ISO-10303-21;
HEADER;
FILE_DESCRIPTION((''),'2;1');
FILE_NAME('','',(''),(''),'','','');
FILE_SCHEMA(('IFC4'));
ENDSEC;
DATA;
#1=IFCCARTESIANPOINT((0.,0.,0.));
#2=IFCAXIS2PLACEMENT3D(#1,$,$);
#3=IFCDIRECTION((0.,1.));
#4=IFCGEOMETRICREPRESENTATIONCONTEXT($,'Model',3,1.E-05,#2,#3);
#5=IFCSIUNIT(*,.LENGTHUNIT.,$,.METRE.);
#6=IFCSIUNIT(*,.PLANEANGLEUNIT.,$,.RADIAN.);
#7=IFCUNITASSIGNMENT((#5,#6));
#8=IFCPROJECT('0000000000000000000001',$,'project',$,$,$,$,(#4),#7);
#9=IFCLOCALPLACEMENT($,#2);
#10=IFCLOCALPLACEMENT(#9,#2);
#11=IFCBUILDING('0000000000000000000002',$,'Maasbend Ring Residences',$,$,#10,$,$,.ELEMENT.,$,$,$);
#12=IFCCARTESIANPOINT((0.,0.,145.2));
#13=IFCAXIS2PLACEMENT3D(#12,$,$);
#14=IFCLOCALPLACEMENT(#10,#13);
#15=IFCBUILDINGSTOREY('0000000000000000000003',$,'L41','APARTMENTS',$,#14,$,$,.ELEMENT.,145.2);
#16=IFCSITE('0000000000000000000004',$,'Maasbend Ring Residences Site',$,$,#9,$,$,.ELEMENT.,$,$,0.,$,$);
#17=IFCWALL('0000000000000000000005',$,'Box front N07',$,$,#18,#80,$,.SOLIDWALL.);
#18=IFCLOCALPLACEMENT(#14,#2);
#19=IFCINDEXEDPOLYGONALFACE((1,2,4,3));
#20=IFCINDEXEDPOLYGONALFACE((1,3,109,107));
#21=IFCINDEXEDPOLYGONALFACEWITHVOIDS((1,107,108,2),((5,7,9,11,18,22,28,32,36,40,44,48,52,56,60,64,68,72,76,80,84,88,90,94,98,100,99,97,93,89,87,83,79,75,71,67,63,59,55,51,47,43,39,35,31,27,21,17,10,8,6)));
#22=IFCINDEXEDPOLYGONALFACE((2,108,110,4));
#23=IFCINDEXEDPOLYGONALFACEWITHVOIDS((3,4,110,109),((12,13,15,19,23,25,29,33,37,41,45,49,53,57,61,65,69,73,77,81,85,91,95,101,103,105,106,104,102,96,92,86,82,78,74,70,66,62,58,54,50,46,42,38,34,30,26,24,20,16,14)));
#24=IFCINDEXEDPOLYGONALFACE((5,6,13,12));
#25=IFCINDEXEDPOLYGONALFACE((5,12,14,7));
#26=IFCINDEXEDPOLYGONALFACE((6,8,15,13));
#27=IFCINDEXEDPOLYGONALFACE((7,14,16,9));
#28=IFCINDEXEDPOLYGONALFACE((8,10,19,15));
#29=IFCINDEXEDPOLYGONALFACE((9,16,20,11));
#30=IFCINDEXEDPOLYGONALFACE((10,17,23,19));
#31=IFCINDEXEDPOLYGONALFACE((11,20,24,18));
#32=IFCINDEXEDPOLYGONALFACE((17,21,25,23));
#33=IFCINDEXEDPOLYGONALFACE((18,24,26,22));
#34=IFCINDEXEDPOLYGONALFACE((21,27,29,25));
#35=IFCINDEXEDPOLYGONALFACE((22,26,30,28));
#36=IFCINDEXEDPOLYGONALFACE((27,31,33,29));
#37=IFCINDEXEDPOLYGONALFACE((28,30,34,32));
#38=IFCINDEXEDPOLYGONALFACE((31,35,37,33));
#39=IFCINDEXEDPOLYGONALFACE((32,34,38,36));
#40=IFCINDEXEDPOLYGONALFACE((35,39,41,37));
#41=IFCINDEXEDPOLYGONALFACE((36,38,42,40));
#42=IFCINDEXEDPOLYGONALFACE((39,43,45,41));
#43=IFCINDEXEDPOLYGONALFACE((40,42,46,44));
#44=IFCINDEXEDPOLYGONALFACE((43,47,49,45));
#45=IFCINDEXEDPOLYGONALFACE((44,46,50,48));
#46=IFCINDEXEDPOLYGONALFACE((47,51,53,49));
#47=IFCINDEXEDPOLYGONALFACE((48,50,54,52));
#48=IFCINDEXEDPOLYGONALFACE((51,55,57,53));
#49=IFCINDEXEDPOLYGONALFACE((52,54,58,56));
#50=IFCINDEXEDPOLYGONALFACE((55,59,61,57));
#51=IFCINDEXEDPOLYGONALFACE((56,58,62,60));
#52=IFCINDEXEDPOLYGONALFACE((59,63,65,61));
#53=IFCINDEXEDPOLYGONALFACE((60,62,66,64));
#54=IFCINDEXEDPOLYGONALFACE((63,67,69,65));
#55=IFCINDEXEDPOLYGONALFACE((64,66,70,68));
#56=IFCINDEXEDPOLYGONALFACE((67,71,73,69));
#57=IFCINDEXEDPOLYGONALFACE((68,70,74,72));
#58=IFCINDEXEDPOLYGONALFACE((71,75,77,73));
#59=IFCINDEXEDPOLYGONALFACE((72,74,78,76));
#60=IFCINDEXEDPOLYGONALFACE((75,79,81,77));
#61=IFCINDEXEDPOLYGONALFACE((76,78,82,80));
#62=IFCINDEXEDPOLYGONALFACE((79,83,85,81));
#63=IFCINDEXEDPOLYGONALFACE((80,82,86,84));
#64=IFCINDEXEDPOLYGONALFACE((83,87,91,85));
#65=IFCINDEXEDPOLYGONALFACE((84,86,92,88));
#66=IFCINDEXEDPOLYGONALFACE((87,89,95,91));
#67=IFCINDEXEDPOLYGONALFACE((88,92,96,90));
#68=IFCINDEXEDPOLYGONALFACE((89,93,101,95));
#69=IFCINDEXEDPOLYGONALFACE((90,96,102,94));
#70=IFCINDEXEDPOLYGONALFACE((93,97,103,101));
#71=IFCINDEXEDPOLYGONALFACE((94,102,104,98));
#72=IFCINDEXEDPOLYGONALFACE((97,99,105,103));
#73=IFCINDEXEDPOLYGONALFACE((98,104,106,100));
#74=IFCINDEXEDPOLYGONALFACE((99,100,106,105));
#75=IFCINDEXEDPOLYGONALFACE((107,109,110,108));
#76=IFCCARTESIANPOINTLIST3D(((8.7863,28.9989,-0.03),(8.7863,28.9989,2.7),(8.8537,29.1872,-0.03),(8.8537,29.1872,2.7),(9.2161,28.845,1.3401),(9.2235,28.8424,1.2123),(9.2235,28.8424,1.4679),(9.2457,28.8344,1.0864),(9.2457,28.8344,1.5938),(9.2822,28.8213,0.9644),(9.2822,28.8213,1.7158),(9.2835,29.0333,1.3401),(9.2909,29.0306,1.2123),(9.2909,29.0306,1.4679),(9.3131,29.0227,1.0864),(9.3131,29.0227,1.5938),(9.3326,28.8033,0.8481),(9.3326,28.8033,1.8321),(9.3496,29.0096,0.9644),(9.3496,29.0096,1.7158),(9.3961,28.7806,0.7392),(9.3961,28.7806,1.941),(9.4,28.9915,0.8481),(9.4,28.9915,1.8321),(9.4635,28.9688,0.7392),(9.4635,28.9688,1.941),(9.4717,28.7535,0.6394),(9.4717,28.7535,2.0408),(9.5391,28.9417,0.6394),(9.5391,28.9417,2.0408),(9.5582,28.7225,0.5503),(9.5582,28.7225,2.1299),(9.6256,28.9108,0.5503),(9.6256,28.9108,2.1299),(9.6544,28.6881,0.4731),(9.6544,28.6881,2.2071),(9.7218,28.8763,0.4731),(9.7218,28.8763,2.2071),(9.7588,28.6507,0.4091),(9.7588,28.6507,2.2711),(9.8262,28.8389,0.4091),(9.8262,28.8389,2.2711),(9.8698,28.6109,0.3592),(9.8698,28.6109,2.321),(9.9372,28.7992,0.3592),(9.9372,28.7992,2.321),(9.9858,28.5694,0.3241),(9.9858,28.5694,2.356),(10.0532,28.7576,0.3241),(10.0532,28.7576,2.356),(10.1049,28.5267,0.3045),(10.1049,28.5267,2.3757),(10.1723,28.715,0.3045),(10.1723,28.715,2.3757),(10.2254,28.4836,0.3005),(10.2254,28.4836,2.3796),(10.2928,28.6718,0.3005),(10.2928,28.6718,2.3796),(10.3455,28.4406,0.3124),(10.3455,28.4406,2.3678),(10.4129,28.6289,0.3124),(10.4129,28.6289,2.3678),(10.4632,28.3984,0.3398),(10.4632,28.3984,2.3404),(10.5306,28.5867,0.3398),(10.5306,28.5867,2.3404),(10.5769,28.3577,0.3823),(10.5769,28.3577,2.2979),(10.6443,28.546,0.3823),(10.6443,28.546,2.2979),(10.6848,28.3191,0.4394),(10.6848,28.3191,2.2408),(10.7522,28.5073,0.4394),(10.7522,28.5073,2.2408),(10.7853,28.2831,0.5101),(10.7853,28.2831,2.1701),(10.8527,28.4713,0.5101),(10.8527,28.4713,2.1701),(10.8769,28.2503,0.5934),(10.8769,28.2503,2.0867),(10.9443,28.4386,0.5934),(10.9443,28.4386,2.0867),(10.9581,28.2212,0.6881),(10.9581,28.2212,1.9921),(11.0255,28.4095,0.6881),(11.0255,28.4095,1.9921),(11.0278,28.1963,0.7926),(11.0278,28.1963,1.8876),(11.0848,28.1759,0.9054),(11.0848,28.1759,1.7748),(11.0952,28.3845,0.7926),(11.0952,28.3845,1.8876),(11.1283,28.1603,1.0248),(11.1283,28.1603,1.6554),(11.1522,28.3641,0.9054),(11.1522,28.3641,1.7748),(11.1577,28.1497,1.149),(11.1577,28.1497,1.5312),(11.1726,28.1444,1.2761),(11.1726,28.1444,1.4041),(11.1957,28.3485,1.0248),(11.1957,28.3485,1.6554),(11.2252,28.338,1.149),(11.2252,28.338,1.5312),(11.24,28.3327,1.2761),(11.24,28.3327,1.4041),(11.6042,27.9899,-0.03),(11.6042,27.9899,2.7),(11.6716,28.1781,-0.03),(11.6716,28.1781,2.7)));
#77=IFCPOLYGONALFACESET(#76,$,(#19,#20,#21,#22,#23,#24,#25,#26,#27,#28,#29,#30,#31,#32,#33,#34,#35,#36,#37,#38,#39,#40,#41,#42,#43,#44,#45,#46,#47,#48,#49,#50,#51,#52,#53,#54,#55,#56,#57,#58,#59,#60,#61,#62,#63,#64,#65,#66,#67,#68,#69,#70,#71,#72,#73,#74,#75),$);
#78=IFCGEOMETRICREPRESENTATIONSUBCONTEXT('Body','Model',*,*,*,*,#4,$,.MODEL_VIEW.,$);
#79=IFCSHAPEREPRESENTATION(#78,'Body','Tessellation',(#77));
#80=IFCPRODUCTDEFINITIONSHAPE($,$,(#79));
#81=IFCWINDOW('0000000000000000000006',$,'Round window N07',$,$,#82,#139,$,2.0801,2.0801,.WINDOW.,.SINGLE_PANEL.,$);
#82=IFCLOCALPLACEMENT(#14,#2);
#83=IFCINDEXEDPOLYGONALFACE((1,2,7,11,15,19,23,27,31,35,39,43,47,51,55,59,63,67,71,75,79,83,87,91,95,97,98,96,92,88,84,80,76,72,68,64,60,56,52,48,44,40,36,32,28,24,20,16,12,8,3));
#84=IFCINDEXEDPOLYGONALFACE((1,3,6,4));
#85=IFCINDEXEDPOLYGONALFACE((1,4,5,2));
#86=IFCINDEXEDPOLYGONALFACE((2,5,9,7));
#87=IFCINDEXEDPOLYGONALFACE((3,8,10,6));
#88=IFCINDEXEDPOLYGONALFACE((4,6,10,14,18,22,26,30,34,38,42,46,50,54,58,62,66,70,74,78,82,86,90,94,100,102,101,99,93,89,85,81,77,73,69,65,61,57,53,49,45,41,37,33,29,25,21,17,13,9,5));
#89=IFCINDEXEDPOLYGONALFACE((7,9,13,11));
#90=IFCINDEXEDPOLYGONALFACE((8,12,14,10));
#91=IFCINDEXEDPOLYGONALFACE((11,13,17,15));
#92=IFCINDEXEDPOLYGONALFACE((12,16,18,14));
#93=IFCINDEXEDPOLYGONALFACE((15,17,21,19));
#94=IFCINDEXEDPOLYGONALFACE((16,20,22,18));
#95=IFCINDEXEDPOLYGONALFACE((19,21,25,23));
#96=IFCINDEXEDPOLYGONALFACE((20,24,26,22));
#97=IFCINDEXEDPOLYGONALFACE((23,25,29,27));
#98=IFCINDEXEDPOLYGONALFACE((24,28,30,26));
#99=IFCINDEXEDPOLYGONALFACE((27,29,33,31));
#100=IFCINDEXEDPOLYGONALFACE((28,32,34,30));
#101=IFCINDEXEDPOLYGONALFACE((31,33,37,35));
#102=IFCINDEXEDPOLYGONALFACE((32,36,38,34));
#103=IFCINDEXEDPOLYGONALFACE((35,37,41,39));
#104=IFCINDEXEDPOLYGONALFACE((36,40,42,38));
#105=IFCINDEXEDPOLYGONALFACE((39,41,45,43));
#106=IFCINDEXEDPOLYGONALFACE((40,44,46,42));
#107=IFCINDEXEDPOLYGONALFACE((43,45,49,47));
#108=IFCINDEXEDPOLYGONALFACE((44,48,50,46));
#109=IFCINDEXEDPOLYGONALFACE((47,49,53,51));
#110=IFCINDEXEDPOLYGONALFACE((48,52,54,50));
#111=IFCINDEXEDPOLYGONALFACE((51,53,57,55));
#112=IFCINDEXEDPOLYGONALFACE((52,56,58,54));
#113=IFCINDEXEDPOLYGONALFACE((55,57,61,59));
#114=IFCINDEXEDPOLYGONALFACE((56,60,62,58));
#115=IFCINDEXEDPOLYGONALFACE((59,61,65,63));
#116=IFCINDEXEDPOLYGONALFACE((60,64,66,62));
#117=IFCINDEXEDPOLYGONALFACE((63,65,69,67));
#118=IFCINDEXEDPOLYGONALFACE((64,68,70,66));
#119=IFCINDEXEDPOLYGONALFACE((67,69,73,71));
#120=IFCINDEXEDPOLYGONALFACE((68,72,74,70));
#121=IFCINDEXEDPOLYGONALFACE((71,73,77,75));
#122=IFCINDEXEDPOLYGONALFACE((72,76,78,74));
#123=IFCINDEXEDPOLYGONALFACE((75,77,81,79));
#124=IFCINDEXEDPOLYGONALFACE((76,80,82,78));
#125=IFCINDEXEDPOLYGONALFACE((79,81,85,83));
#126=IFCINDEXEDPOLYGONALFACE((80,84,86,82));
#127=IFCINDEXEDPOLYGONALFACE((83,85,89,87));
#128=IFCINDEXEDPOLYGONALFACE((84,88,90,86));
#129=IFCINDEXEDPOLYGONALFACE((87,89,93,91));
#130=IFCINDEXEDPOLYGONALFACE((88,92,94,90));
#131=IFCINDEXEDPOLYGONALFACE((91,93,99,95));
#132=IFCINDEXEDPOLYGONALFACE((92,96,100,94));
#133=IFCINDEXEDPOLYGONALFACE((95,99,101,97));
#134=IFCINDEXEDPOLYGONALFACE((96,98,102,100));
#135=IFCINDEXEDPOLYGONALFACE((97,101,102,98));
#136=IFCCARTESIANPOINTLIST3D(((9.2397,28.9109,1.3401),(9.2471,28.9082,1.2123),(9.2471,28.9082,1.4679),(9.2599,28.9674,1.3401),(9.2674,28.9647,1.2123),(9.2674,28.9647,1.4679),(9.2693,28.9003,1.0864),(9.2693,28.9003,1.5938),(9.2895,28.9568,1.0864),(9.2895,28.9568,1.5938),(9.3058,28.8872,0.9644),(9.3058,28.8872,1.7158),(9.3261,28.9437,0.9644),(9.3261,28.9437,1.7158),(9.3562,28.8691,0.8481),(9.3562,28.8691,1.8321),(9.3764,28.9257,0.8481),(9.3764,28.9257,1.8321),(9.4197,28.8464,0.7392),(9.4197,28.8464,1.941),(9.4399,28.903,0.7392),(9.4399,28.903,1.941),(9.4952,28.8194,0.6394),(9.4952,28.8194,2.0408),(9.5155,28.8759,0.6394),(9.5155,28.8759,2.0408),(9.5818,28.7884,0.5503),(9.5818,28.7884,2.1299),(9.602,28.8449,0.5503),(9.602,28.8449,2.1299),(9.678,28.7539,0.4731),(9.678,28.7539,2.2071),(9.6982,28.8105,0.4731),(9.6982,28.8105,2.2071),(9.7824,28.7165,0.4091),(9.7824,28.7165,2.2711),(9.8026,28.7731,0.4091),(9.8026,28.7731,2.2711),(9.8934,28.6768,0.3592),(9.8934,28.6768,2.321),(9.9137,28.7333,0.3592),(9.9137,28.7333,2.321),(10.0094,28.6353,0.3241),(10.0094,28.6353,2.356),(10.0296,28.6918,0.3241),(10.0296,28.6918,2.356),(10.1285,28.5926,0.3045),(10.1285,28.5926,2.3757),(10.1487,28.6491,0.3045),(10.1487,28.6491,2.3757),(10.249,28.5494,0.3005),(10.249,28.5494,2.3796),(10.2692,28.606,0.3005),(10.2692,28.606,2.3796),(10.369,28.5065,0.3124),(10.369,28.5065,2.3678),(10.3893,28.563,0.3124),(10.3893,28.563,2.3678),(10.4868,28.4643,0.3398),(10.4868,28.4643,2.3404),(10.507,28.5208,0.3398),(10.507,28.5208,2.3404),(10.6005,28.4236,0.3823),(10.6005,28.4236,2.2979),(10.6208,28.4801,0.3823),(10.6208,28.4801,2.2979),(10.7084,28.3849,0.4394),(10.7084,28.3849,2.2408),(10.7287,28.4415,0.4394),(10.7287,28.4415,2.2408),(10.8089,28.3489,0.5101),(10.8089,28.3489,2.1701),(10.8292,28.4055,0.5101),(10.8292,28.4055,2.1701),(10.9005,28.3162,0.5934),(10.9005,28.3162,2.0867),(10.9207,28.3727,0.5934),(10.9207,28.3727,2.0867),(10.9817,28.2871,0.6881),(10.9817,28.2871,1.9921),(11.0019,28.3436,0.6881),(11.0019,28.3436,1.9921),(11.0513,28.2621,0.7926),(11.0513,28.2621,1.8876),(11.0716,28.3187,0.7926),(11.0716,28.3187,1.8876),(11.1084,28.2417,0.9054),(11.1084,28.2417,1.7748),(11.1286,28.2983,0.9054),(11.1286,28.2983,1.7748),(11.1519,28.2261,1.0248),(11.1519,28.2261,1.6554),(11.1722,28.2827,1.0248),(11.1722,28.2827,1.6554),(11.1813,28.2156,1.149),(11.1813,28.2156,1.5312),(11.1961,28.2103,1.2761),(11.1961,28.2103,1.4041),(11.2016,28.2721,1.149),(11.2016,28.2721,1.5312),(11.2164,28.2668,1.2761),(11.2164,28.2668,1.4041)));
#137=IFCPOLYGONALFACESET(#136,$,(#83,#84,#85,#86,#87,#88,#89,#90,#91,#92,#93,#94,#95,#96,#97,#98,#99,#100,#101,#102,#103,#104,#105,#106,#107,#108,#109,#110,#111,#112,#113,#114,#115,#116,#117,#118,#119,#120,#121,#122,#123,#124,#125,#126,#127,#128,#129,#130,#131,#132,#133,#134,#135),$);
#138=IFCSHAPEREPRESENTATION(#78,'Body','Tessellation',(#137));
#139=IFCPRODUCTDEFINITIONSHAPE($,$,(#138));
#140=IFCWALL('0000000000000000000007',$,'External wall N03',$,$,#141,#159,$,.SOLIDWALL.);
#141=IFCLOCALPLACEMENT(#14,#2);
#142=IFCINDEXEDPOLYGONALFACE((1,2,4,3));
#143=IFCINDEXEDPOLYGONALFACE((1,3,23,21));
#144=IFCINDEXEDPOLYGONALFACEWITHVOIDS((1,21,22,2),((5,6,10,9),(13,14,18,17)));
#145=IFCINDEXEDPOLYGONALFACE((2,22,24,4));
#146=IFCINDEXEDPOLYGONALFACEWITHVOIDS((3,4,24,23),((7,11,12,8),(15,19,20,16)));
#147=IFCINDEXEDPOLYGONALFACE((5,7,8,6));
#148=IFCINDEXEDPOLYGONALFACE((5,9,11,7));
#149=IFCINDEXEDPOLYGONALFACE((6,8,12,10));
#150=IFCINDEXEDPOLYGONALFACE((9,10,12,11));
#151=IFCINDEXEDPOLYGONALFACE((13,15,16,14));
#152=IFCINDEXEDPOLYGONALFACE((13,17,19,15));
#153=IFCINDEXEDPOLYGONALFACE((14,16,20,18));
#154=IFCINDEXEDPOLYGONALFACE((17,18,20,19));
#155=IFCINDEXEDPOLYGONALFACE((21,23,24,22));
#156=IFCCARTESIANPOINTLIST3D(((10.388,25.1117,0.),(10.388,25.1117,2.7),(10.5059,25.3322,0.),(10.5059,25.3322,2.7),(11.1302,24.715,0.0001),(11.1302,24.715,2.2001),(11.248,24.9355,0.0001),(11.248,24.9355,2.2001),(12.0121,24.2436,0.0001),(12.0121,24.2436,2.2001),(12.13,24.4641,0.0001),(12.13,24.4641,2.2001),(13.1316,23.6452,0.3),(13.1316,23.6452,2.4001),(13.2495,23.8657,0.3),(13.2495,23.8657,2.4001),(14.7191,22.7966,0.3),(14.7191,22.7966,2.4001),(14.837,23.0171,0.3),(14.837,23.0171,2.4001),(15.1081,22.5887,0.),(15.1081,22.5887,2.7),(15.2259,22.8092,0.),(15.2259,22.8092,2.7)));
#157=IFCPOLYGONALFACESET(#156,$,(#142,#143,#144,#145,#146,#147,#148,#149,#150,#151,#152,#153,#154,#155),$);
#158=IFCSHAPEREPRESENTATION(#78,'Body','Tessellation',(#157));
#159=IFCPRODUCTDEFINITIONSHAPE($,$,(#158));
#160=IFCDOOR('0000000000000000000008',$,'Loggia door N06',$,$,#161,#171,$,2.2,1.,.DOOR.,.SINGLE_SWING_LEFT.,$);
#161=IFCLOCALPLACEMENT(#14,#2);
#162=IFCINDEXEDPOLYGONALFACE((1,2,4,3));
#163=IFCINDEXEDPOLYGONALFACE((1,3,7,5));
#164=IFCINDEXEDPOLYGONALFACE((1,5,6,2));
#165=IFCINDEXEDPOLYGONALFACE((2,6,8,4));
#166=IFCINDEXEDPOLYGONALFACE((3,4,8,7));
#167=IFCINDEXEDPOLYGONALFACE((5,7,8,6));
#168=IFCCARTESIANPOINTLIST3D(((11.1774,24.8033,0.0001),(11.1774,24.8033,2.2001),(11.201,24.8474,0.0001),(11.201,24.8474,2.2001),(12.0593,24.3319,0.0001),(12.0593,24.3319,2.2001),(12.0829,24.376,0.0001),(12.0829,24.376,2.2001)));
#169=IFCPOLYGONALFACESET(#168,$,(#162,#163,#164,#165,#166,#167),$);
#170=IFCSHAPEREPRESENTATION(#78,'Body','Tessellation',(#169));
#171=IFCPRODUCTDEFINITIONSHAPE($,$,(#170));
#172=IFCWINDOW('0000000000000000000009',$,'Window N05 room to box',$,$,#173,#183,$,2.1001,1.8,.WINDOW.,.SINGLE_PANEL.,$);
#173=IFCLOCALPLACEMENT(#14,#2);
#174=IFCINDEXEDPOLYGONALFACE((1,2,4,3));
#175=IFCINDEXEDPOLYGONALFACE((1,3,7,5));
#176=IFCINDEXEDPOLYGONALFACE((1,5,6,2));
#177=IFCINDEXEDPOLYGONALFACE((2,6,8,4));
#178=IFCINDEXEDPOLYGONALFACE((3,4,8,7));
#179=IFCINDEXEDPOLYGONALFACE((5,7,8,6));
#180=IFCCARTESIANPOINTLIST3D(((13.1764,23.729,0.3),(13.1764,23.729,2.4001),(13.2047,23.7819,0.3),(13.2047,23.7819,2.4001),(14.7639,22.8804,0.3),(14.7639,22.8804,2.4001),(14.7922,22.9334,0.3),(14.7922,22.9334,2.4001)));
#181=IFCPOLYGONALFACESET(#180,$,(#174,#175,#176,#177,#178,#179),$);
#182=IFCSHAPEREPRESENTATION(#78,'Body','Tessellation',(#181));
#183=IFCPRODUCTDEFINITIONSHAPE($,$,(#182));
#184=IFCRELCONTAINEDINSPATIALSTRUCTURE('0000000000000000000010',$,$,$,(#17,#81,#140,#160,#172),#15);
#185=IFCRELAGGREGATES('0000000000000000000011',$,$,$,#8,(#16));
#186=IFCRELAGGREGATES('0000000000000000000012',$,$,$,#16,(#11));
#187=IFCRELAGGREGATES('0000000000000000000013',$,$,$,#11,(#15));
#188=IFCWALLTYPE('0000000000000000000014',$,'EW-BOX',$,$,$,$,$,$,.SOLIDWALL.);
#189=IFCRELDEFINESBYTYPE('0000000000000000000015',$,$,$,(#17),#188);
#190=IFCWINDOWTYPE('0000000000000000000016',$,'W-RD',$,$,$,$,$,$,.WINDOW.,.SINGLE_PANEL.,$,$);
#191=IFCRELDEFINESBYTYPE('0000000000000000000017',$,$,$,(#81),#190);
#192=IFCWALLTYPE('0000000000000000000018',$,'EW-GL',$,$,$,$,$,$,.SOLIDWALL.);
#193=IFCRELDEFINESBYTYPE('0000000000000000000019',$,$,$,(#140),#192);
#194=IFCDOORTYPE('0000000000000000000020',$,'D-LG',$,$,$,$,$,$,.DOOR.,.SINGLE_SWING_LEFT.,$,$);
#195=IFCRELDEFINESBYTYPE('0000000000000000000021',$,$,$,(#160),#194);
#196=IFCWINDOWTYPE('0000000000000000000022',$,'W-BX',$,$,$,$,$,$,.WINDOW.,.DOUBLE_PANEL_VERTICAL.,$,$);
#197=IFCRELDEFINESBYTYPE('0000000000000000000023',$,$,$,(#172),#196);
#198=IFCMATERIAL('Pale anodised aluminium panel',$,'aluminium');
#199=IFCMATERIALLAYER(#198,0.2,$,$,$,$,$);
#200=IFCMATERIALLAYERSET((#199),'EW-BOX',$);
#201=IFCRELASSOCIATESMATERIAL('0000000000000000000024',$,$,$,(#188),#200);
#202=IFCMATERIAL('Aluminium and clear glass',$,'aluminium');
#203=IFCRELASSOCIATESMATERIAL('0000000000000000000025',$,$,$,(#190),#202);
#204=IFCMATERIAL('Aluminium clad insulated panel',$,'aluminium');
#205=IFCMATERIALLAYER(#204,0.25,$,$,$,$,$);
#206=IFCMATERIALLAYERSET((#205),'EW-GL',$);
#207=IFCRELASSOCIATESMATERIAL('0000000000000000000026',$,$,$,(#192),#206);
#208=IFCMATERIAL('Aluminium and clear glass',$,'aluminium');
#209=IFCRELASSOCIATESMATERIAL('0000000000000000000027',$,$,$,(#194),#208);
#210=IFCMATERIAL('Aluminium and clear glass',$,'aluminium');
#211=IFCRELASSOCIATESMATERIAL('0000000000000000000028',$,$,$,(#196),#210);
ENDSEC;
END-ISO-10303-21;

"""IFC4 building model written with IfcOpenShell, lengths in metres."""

from ifc_helpers import new_model, si_unit, direction, frame, frame_2d, origin, place, context, subcontext, project, spatial, rectangle, circle, extrude, material, layer, layer_set, type_object, element, fill, save


model = new_model("IFC4")

# Units and contexts
model_context = context("Model", 3, precision=1e-05, world=origin(), true_north=direction((0.0, 1.0)))
body_context = subcontext(model_context, "Body", "Model", "MODEL_VIEW")
ifc_project = project(units=[si_unit("LENGTHUNIT", "METRE"), si_unit("PLANEANGLEUNIT", "RADIAN")], contexts=[model_context])

# Site, building, storey
site_placement = place(None, origin())
site = spatial("IfcSite", under=ifc_project, at=site_placement, Name="Maasbend Ring Residences Site", CompositionType="ELEMENT", RefElevation=0.0)
building_placement = place(site_placement, origin())
building = spatial("IfcBuilding", under=site, at=building_placement, Name="Maasbend Ring Residences", CompositionType="ELEMENT")
storey_placement = place(building_placement, frame((0.0, 0.0, 145.2)))
storey = spatial("IfcBuildingStorey", under=building, at=storey_placement, Name="L41", Description="APARTMENTS", CompositionType="ELEMENT", Elevation=145.2)

# Shared definitions
ifc_material_1 = material(Name="Pale anodised aluminium panel", Category="aluminium")
ifc_layer_1 = layer(ifc_material_1, 0.2)
ifc_layer_set_1 = layer_set([ifc_layer_1], Name="EW-BOX")
wall_type_1 = type_object("IfcWallType", Name="EW-BOX", PredefinedType="SOLIDWALL", material=ifc_layer_set_1)

# Wall, opening, window
wall_1_placement = place(storey_placement, frame((11.6379, 28.084, -0.03), z_axis=(0.0, 0.0, 1.0), x_axis=(-0.941461, 0.337122, 0.0)))
wall_1 = element("IfcWall", 1, at=wall_1_placement, inside=storey, type_object=wall_type_1, Name="Box front N07", PredefinedType="SOLIDWALL", context=body_context, shape_type="SweptSolid", body=[
    extrude(rectangle(XDim=2.9932, YDim=0.2, at=frame_2d((1.4966, 0.0))), origin(), (0.0, 0.0, 1.0), 2.73),
])
opening_1_placement = place(wall_1_placement, frame((0.4565, 0.0, 0.3301)))
opening_1 = element("IfcOpeningElement", 2, at=opening_1_placement, cuts=wall_1, PredefinedType="OPENING", context=body_context, shape_type="SweptSolid", body=[
    extrude(circle(Radius=1.04, at=frame_2d((1.04, 1.04))), frame((0.0, 0.1099, 0.0), z_axis=(0.0, -1.0, 0.0), x_axis=(1.0, 0.0, 0.0)), (0.0, 0.0, 1.0), 0.22),
])
ifc_material_2 = material(Name="Aluminium and clear glass", Category="aluminium")
window_type_1 = type_object("IfcWindowType", Name="W-RD", PartitioningType="SINGLE_PANEL", PredefinedType="WINDOW", material=ifc_material_2)
window_1_placement = place(opening_1_placement, origin())
window_1 = element("IfcWindow", 3, at=window_1_placement, inside=storey, type_object=window_type_1, Name="Round window N07", OverallHeight=2.0801, OverallWidth=2.0801, PartitioningType="SINGLE_PANEL", PredefinedType="WINDOW", context=body_context, shape_type="SweptSolid", body=[
    extrude(circle(Radius=1.04, at=frame_2d((1.04, 1.04))), frame((0.0, 0.03, 0.0), z_axis=(0.0, -1.0, 0.0), x_axis=(1.0, 0.0, 0.0)), (0.0, 0.0, 1.0), 0.0601),
])
fill(opening_1, window_1)

# Wall, openings, door, window
ifc_material_3 = material(Name="Aluminium clad insulated panel", Category="aluminium")
ifc_layer_2 = layer(ifc_material_3, 0.25)
ifc_layer_set_2 = layer_set([ifc_layer_2], Name="EW-GL")
wall_type_2 = type_object("IfcWallType", Name="EW-GL", PredefinedType="SOLIDWALL", material=ifc_layer_set_2)
wall_2_placement = place(storey_placement, frame((15.167, 22.699, 0.0), z_axis=(0.0, 0.0, 1.0), x_axis=(-0.881916, 0.471407, 0.0)))
wall_2 = element("IfcWall", 4, at=wall_2_placement, inside=storey, type_object=wall_type_2, Name="External wall N03", PredefinedType="SOLIDWALL", context=body_context, shape_type="SweptSolid", body=[
    extrude(rectangle(XDim=5.3521, YDim=0.25, at=frame_2d((2.676, 0.0))), origin(), (0.0, 0.0, 1.0), 2.7),
])
opening_2_placement = place(wall_2_placement, frame((0.4412, 0.0, 0.3)))
opening_2 = element("IfcOpeningElement", 5, at=opening_2_placement, cuts=wall_2, PredefinedType="OPENING", context=body_context, shape_type="SweptSolid", body=[
    extrude(rectangle(XDim=1.8, YDim=2.1001, at=frame_2d((0.8999, 1.05))), frame((0.0, 0.135, 0.0), z_axis=(0.0, -1.0, 0.0), x_axis=(1.0, 0.0, 0.0)), (0.0, 0.0, 1.0), 0.27),
])
opening_3_placement = place(wall_2_placement, frame((3.5105, 0.0, 0.0)))
opening_3 = element("IfcOpeningElement", 6, at=opening_3_placement, cuts=wall_2, PredefinedType="OPENING", context=body_context, shape_type="SweptSolid", body=[
    extrude(rectangle(XDim=1.0, YDim=2.2, at=frame_2d((0.5, 1.1001))), frame((0.0, 0.135, 0.0), z_axis=(0.0, -1.0, 0.0), x_axis=(1.0, 0.0, 0.0)), (0.0, 0.0, 1.0), 0.27),
])
ifc_material_4 = material(Name="Aluminium and clear glass", Category="aluminium")
door_type_1 = type_object("IfcDoorType", Name="D-LG", OperationType="SINGLE_SWING_LEFT", PredefinedType="DOOR", material=ifc_material_4)
door_1_placement = place(opening_3_placement, origin())
door_1 = element("IfcDoor", 7, at=door_1_placement, inside=storey, type_object=door_type_1, Name="Loggia door N06", OperationType="SINGLE_SWING_LEFT", OverallHeight=2.2, OverallWidth=1.0, PredefinedType="DOOR", context=body_context, shape_type="SweptSolid", body=[
    extrude(rectangle(XDim=1.0, YDim=2.2, at=frame_2d((0.5, 1.1001))), frame((0.0, 0.0249, 0.0), z_axis=(0.0, -1.0, 0.0), x_axis=(1.0, 0.0, 0.0)), (0.0, 0.0, 1.0), 0.05),
])
fill(opening_3, door_1)
ifc_material_5 = material(Name="Aluminium and clear glass", Category="aluminium")
window_type_2 = type_object("IfcWindowType", Name="W-BX", PartitioningType="DOUBLE_PANEL_VERTICAL", PredefinedType="WINDOW", material=ifc_material_5)
window_2_placement = place(opening_2_placement, origin())
window_2 = element("IfcWindow", 8, at=window_2_placement, inside=storey, type_object=window_type_2, Name="Window N05 room to box", OverallHeight=2.1001, OverallWidth=1.8, PartitioningType="SINGLE_PANEL", PredefinedType="WINDOW", context=body_context, shape_type="SweptSolid", body=[
    extrude(rectangle(XDim=1.8, YDim=2.1001, at=frame_2d((0.8999, 1.05))), frame((0.0, 0.03, 0.0), z_axis=(0.0, -1.0, 0.0), x_axis=(1.0, 0.0, 0.0)), (0.0, 0.0, 1.0), 0.0601),
])
fill(opening_2, window_2)

save(model, "model.ifc")
